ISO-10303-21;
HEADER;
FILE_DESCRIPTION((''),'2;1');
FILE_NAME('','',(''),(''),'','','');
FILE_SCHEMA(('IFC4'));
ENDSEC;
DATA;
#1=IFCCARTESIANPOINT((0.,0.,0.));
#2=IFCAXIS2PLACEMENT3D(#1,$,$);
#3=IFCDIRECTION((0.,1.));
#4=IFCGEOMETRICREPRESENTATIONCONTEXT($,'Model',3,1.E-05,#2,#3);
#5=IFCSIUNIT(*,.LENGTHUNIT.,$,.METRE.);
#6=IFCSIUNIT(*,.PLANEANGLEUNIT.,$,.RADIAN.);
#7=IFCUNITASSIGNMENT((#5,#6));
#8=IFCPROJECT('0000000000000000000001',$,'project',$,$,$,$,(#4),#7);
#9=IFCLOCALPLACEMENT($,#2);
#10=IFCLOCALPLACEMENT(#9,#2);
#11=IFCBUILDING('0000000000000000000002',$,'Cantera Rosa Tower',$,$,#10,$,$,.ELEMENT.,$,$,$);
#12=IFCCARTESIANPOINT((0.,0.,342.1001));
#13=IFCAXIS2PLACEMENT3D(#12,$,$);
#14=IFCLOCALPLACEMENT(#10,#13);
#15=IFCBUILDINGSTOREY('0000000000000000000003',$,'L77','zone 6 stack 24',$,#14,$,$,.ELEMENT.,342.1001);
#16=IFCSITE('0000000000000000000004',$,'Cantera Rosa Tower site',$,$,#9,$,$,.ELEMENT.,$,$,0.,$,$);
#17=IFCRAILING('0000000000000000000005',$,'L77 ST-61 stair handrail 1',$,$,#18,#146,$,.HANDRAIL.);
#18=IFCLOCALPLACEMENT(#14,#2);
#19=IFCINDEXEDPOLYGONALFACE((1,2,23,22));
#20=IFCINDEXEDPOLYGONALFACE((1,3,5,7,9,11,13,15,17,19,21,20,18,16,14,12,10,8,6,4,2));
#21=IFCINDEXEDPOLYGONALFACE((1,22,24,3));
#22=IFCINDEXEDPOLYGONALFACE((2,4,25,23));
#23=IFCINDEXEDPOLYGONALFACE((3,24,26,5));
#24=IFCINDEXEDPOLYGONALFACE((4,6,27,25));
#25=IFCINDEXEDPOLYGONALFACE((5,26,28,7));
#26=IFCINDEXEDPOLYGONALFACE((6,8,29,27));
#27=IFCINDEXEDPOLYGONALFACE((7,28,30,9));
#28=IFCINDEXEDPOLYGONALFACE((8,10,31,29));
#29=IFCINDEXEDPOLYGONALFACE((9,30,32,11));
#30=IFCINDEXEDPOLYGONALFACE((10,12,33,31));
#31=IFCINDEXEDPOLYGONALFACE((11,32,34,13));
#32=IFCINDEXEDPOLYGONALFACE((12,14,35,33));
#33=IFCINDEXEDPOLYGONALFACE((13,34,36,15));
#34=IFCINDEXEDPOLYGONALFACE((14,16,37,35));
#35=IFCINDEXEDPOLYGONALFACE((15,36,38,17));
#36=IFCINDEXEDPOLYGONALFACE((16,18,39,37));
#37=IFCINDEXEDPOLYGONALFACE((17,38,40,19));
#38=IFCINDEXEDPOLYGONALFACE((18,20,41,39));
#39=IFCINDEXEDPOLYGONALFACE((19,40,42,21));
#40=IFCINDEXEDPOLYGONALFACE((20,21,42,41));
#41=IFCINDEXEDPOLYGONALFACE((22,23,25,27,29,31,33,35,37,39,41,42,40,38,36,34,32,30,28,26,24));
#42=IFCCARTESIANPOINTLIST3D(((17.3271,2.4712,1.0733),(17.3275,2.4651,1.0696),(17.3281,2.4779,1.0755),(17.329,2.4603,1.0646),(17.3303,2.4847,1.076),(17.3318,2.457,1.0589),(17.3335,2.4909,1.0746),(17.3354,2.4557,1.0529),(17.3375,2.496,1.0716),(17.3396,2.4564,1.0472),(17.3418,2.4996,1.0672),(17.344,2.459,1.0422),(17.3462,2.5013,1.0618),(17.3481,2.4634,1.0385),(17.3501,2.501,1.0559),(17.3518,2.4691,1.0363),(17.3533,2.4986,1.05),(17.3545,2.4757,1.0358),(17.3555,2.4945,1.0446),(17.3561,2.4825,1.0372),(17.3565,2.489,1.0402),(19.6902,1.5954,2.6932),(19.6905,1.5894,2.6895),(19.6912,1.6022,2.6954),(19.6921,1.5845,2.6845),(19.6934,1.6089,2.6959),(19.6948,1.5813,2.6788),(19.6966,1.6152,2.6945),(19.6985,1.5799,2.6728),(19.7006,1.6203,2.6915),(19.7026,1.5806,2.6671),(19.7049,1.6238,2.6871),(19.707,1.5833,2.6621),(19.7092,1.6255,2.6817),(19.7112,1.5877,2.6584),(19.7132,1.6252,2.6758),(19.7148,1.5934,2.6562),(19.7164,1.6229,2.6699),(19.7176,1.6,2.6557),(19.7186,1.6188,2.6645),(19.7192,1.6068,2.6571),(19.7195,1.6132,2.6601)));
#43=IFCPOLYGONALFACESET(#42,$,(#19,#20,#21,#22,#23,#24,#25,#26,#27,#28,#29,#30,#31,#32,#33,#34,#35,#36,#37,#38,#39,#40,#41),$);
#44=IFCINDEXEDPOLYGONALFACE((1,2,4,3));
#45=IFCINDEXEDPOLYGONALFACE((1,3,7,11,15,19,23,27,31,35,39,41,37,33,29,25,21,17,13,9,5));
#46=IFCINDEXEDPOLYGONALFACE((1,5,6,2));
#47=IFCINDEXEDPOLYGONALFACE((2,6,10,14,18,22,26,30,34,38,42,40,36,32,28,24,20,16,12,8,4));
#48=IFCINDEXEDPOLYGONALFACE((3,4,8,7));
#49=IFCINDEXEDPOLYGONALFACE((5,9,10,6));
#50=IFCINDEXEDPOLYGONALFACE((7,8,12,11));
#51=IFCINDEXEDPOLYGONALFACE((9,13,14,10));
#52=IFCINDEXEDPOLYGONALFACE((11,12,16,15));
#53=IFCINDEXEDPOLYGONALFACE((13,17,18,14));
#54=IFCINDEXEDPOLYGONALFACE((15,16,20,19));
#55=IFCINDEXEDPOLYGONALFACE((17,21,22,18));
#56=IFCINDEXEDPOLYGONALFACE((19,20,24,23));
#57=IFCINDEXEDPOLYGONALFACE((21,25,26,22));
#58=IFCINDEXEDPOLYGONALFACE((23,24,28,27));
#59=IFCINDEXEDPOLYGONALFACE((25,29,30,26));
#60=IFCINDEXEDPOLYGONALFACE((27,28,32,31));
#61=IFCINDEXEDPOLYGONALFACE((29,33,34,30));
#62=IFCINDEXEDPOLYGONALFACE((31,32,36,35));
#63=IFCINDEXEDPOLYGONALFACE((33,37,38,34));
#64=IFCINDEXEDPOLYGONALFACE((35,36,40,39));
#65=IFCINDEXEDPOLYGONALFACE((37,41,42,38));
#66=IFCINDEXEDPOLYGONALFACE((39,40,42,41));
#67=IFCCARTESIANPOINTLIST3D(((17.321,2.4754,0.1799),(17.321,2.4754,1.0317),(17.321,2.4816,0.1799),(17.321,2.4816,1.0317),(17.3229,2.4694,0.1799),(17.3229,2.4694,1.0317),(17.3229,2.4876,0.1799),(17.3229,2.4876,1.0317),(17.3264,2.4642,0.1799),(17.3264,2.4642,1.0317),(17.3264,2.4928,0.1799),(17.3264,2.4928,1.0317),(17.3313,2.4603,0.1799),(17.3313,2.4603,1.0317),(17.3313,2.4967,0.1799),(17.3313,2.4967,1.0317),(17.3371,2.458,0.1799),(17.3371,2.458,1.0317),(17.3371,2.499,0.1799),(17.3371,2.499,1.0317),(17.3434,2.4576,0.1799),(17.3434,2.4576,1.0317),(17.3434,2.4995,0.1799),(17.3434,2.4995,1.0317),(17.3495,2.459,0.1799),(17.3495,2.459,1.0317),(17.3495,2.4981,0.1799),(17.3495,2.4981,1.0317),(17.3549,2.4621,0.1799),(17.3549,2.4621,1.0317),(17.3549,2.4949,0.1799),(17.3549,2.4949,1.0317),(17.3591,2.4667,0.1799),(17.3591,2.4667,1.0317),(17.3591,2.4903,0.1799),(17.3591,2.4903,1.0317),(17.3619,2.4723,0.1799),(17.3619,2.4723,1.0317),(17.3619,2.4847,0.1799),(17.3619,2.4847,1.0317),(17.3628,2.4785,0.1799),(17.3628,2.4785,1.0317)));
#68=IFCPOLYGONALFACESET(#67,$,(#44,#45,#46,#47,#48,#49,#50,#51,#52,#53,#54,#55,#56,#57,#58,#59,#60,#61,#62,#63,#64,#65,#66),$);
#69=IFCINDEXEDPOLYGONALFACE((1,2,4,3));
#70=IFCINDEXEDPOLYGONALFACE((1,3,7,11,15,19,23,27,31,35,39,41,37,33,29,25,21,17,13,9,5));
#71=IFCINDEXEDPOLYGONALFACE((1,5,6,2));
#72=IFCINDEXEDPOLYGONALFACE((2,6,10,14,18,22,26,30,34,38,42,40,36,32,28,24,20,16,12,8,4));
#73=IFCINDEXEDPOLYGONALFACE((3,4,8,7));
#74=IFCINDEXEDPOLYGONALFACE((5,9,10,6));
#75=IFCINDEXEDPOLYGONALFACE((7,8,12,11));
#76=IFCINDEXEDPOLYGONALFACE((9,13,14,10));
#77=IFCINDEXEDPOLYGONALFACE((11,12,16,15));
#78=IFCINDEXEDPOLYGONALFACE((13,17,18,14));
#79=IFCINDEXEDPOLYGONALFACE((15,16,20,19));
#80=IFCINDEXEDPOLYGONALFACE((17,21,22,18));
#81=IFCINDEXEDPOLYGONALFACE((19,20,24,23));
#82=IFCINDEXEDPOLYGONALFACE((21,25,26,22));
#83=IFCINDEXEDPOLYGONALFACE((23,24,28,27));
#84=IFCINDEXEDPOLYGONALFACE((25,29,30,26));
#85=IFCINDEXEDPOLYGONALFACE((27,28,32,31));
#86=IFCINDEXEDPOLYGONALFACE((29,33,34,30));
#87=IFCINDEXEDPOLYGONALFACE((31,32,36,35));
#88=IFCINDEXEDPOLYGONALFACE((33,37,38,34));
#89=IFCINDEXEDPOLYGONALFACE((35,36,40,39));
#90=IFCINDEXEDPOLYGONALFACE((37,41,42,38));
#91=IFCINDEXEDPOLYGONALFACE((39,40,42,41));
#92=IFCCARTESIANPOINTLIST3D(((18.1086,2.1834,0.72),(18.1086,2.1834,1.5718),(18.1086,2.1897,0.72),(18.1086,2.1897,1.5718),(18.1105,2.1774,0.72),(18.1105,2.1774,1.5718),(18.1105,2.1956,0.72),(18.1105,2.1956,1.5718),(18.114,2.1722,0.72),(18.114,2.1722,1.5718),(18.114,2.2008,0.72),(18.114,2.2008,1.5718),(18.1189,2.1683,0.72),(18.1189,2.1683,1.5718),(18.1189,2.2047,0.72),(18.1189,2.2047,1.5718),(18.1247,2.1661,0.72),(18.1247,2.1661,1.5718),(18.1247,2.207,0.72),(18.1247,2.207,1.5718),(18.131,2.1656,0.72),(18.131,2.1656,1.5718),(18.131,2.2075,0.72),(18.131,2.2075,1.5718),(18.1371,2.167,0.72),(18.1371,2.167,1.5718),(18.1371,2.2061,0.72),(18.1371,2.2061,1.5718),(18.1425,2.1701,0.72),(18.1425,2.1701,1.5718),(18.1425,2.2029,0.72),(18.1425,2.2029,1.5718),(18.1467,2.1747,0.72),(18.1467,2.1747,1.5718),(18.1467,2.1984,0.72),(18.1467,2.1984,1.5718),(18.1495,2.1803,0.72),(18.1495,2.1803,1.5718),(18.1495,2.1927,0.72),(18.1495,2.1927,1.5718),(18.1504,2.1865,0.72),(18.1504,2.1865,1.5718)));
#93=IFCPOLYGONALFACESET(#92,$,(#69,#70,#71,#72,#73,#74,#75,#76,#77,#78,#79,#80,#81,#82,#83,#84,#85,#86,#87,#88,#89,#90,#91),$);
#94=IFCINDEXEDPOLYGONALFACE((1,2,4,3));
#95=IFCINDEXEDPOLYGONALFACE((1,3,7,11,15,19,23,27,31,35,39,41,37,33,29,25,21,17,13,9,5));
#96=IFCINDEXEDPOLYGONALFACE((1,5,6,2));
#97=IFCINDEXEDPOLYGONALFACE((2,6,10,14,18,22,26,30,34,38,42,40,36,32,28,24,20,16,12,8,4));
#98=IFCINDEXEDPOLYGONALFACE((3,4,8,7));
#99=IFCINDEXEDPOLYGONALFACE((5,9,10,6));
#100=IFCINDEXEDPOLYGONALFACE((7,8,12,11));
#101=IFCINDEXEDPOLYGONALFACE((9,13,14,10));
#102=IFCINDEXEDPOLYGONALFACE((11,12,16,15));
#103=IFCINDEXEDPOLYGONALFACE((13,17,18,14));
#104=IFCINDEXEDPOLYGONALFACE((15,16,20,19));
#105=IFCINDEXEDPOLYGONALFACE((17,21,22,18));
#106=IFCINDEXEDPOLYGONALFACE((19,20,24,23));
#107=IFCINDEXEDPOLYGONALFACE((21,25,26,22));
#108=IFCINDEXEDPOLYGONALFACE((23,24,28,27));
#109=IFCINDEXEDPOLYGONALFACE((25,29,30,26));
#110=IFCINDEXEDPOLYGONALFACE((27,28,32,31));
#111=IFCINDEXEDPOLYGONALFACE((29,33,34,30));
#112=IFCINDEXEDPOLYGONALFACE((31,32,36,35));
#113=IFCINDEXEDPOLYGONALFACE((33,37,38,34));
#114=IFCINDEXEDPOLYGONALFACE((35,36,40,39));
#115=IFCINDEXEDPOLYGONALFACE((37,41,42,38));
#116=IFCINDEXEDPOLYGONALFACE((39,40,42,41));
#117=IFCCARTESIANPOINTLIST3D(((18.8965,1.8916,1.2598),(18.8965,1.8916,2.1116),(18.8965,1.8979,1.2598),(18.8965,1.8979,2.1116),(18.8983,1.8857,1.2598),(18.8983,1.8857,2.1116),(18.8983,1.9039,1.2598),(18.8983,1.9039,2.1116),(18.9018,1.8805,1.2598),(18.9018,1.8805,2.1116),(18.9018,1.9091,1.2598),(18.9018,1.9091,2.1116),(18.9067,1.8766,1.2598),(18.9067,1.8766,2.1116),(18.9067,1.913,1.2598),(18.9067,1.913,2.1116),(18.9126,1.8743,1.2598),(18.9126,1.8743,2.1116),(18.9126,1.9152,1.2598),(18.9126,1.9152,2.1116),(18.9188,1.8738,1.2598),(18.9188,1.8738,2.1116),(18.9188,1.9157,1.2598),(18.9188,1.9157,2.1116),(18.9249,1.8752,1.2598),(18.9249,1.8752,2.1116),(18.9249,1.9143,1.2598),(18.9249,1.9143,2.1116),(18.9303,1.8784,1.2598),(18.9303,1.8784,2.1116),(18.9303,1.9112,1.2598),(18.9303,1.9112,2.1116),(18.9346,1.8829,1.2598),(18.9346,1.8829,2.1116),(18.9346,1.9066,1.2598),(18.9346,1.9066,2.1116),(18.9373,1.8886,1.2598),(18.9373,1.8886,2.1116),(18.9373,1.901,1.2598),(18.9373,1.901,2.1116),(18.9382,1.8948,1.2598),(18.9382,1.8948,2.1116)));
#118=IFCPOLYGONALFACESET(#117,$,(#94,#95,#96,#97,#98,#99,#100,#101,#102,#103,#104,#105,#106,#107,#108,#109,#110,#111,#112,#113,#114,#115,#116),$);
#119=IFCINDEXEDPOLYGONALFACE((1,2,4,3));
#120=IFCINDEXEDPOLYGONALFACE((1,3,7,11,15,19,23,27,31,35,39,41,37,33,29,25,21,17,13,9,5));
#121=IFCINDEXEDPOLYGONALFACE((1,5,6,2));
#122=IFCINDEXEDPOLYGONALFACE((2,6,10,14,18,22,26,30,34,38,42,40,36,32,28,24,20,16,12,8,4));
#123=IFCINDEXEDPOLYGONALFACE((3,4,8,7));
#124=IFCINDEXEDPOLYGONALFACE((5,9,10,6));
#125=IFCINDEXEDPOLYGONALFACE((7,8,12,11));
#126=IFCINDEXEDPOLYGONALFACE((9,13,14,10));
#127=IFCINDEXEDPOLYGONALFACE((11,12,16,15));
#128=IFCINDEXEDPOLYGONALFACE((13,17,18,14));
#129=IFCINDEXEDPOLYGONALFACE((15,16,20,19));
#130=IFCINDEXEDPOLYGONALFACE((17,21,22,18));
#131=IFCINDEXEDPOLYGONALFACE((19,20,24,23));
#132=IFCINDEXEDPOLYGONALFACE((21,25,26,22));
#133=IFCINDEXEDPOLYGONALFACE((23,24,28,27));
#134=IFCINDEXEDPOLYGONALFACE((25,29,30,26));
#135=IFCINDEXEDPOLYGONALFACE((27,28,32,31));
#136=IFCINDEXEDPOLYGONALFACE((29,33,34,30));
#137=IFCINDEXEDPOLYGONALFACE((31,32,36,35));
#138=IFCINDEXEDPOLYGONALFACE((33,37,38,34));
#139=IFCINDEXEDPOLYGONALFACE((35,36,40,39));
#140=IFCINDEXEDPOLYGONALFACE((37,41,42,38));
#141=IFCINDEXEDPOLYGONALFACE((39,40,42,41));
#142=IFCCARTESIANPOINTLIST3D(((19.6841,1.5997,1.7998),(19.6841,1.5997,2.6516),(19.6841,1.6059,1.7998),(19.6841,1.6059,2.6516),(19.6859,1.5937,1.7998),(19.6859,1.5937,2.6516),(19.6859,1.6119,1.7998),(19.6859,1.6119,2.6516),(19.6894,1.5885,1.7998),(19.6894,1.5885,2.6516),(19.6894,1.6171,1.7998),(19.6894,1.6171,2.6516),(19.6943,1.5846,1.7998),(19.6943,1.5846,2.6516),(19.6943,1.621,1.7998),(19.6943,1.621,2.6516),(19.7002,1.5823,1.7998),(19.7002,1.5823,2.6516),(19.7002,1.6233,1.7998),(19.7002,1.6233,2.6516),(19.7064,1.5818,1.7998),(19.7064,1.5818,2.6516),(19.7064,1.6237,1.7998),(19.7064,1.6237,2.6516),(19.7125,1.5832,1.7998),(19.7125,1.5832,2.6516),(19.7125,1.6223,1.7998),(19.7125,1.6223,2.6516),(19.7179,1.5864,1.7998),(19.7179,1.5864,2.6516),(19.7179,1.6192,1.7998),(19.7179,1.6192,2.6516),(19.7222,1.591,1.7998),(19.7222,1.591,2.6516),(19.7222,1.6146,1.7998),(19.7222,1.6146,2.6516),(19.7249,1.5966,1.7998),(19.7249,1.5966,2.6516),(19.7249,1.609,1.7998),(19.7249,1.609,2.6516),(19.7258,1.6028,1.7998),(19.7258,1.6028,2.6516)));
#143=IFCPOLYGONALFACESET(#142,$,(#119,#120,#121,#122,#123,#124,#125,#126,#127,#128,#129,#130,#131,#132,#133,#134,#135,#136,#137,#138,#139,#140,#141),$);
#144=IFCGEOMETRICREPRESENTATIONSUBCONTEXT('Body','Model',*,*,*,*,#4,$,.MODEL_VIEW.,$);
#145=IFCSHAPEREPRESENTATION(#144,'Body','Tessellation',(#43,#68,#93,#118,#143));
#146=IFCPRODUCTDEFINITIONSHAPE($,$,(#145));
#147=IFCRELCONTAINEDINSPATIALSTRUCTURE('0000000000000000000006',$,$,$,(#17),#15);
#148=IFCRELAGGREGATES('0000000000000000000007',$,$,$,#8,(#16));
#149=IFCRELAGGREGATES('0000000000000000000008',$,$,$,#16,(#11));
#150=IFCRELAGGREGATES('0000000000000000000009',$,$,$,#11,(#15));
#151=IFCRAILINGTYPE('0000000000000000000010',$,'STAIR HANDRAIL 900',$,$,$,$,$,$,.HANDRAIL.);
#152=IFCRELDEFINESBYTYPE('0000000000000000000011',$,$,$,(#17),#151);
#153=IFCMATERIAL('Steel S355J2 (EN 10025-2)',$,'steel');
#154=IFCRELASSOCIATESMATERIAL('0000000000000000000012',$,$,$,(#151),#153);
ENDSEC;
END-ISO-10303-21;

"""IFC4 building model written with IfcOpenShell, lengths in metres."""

from ifc_helpers import new_model, si_unit, direction, frame, origin, origin_2d, place, context, subcontext, project, spatial, circle, extrude, material, type_object, element, save


model = new_model("IFC4")

# Units and contexts
model_context = context("Model", 3, precision=1e-05, world=origin(), true_north=direction((0.0, 1.0)))
body_context = subcontext(model_context, "Body", "Model", "MODEL_VIEW")
ifc_project = project(units=[si_unit("LENGTHUNIT", "METRE"), si_unit("PLANEANGLEUNIT", "RADIAN")], contexts=[model_context])

# Site, building, storey
site_placement = place(None, origin())
site = spatial("IfcSite", under=ifc_project, at=site_placement, Name="Cantera Rosa Tower site", CompositionType="ELEMENT", RefElevation=0.0)
building_placement = place(site_placement, origin())
building = spatial("IfcBuilding", under=site, at=building_placement, Name="Cantera Rosa Tower", CompositionType="ELEMENT")
storey_placement = place(building_placement, frame((0.0, 0.0, 342.1001)))
storey = spatial("IfcBuildingStorey", under=building, at=storey_placement, Name="L77", Description="zone 6 stack 24", CompositionType="ELEMENT", Elevation=342.1001)

# Railing
ifc_material_1 = material(Name="Steel S355J2 (EN 10025-2)", Category="steel")
railing_type_1 = type_object("IfcRailingType", Name="STAIR HANDRAIL 900", PredefinedType="HANDRAIL", material=ifc_material_1)
railing_1_placement = place(storey_placement, frame((17.3418, 2.4785, 0.1799)))
element("IfcRailing", 1, at=railing_1_placement, inside=storey, type_object=railing_type_1, Name="L77 ST-61 stair handrail 1", PredefinedType="HANDRAIL", context=body_context, shape_type="SweptSolid", body=[
    extrude(circle(Radius=0.0239, at=origin_2d()), frame((0.0, 0.0, 0.876), z_axis=(0.788782, -0.29232, 0.540714), x_axis=(0.347501, 0.93768, 0.0)), (0.0, 0.0, 1.0), 2.9958),
    extrude(circle(Radius=0.021, at=origin_2d()), origin(), (0.0, 0.0, 1.0), 0.8518),
    extrude(circle(Radius=0.021, at=origin_2d()), frame((0.7876, -0.292, 0.54)), (0.0, 0.0, 1.0), 0.8518),
    extrude(circle(Radius=0.021, at=origin_2d()), frame((1.5754, -0.5837, 1.0798)), (0.0, 0.0, 1.0), 0.8518),
    extrude(circle(Radius=0.021, at=origin_2d()), frame((2.363, -0.8757, 1.6199)), (0.0, 0.0, 1.0), 0.8518),
])

save(model, "model.ifc")
